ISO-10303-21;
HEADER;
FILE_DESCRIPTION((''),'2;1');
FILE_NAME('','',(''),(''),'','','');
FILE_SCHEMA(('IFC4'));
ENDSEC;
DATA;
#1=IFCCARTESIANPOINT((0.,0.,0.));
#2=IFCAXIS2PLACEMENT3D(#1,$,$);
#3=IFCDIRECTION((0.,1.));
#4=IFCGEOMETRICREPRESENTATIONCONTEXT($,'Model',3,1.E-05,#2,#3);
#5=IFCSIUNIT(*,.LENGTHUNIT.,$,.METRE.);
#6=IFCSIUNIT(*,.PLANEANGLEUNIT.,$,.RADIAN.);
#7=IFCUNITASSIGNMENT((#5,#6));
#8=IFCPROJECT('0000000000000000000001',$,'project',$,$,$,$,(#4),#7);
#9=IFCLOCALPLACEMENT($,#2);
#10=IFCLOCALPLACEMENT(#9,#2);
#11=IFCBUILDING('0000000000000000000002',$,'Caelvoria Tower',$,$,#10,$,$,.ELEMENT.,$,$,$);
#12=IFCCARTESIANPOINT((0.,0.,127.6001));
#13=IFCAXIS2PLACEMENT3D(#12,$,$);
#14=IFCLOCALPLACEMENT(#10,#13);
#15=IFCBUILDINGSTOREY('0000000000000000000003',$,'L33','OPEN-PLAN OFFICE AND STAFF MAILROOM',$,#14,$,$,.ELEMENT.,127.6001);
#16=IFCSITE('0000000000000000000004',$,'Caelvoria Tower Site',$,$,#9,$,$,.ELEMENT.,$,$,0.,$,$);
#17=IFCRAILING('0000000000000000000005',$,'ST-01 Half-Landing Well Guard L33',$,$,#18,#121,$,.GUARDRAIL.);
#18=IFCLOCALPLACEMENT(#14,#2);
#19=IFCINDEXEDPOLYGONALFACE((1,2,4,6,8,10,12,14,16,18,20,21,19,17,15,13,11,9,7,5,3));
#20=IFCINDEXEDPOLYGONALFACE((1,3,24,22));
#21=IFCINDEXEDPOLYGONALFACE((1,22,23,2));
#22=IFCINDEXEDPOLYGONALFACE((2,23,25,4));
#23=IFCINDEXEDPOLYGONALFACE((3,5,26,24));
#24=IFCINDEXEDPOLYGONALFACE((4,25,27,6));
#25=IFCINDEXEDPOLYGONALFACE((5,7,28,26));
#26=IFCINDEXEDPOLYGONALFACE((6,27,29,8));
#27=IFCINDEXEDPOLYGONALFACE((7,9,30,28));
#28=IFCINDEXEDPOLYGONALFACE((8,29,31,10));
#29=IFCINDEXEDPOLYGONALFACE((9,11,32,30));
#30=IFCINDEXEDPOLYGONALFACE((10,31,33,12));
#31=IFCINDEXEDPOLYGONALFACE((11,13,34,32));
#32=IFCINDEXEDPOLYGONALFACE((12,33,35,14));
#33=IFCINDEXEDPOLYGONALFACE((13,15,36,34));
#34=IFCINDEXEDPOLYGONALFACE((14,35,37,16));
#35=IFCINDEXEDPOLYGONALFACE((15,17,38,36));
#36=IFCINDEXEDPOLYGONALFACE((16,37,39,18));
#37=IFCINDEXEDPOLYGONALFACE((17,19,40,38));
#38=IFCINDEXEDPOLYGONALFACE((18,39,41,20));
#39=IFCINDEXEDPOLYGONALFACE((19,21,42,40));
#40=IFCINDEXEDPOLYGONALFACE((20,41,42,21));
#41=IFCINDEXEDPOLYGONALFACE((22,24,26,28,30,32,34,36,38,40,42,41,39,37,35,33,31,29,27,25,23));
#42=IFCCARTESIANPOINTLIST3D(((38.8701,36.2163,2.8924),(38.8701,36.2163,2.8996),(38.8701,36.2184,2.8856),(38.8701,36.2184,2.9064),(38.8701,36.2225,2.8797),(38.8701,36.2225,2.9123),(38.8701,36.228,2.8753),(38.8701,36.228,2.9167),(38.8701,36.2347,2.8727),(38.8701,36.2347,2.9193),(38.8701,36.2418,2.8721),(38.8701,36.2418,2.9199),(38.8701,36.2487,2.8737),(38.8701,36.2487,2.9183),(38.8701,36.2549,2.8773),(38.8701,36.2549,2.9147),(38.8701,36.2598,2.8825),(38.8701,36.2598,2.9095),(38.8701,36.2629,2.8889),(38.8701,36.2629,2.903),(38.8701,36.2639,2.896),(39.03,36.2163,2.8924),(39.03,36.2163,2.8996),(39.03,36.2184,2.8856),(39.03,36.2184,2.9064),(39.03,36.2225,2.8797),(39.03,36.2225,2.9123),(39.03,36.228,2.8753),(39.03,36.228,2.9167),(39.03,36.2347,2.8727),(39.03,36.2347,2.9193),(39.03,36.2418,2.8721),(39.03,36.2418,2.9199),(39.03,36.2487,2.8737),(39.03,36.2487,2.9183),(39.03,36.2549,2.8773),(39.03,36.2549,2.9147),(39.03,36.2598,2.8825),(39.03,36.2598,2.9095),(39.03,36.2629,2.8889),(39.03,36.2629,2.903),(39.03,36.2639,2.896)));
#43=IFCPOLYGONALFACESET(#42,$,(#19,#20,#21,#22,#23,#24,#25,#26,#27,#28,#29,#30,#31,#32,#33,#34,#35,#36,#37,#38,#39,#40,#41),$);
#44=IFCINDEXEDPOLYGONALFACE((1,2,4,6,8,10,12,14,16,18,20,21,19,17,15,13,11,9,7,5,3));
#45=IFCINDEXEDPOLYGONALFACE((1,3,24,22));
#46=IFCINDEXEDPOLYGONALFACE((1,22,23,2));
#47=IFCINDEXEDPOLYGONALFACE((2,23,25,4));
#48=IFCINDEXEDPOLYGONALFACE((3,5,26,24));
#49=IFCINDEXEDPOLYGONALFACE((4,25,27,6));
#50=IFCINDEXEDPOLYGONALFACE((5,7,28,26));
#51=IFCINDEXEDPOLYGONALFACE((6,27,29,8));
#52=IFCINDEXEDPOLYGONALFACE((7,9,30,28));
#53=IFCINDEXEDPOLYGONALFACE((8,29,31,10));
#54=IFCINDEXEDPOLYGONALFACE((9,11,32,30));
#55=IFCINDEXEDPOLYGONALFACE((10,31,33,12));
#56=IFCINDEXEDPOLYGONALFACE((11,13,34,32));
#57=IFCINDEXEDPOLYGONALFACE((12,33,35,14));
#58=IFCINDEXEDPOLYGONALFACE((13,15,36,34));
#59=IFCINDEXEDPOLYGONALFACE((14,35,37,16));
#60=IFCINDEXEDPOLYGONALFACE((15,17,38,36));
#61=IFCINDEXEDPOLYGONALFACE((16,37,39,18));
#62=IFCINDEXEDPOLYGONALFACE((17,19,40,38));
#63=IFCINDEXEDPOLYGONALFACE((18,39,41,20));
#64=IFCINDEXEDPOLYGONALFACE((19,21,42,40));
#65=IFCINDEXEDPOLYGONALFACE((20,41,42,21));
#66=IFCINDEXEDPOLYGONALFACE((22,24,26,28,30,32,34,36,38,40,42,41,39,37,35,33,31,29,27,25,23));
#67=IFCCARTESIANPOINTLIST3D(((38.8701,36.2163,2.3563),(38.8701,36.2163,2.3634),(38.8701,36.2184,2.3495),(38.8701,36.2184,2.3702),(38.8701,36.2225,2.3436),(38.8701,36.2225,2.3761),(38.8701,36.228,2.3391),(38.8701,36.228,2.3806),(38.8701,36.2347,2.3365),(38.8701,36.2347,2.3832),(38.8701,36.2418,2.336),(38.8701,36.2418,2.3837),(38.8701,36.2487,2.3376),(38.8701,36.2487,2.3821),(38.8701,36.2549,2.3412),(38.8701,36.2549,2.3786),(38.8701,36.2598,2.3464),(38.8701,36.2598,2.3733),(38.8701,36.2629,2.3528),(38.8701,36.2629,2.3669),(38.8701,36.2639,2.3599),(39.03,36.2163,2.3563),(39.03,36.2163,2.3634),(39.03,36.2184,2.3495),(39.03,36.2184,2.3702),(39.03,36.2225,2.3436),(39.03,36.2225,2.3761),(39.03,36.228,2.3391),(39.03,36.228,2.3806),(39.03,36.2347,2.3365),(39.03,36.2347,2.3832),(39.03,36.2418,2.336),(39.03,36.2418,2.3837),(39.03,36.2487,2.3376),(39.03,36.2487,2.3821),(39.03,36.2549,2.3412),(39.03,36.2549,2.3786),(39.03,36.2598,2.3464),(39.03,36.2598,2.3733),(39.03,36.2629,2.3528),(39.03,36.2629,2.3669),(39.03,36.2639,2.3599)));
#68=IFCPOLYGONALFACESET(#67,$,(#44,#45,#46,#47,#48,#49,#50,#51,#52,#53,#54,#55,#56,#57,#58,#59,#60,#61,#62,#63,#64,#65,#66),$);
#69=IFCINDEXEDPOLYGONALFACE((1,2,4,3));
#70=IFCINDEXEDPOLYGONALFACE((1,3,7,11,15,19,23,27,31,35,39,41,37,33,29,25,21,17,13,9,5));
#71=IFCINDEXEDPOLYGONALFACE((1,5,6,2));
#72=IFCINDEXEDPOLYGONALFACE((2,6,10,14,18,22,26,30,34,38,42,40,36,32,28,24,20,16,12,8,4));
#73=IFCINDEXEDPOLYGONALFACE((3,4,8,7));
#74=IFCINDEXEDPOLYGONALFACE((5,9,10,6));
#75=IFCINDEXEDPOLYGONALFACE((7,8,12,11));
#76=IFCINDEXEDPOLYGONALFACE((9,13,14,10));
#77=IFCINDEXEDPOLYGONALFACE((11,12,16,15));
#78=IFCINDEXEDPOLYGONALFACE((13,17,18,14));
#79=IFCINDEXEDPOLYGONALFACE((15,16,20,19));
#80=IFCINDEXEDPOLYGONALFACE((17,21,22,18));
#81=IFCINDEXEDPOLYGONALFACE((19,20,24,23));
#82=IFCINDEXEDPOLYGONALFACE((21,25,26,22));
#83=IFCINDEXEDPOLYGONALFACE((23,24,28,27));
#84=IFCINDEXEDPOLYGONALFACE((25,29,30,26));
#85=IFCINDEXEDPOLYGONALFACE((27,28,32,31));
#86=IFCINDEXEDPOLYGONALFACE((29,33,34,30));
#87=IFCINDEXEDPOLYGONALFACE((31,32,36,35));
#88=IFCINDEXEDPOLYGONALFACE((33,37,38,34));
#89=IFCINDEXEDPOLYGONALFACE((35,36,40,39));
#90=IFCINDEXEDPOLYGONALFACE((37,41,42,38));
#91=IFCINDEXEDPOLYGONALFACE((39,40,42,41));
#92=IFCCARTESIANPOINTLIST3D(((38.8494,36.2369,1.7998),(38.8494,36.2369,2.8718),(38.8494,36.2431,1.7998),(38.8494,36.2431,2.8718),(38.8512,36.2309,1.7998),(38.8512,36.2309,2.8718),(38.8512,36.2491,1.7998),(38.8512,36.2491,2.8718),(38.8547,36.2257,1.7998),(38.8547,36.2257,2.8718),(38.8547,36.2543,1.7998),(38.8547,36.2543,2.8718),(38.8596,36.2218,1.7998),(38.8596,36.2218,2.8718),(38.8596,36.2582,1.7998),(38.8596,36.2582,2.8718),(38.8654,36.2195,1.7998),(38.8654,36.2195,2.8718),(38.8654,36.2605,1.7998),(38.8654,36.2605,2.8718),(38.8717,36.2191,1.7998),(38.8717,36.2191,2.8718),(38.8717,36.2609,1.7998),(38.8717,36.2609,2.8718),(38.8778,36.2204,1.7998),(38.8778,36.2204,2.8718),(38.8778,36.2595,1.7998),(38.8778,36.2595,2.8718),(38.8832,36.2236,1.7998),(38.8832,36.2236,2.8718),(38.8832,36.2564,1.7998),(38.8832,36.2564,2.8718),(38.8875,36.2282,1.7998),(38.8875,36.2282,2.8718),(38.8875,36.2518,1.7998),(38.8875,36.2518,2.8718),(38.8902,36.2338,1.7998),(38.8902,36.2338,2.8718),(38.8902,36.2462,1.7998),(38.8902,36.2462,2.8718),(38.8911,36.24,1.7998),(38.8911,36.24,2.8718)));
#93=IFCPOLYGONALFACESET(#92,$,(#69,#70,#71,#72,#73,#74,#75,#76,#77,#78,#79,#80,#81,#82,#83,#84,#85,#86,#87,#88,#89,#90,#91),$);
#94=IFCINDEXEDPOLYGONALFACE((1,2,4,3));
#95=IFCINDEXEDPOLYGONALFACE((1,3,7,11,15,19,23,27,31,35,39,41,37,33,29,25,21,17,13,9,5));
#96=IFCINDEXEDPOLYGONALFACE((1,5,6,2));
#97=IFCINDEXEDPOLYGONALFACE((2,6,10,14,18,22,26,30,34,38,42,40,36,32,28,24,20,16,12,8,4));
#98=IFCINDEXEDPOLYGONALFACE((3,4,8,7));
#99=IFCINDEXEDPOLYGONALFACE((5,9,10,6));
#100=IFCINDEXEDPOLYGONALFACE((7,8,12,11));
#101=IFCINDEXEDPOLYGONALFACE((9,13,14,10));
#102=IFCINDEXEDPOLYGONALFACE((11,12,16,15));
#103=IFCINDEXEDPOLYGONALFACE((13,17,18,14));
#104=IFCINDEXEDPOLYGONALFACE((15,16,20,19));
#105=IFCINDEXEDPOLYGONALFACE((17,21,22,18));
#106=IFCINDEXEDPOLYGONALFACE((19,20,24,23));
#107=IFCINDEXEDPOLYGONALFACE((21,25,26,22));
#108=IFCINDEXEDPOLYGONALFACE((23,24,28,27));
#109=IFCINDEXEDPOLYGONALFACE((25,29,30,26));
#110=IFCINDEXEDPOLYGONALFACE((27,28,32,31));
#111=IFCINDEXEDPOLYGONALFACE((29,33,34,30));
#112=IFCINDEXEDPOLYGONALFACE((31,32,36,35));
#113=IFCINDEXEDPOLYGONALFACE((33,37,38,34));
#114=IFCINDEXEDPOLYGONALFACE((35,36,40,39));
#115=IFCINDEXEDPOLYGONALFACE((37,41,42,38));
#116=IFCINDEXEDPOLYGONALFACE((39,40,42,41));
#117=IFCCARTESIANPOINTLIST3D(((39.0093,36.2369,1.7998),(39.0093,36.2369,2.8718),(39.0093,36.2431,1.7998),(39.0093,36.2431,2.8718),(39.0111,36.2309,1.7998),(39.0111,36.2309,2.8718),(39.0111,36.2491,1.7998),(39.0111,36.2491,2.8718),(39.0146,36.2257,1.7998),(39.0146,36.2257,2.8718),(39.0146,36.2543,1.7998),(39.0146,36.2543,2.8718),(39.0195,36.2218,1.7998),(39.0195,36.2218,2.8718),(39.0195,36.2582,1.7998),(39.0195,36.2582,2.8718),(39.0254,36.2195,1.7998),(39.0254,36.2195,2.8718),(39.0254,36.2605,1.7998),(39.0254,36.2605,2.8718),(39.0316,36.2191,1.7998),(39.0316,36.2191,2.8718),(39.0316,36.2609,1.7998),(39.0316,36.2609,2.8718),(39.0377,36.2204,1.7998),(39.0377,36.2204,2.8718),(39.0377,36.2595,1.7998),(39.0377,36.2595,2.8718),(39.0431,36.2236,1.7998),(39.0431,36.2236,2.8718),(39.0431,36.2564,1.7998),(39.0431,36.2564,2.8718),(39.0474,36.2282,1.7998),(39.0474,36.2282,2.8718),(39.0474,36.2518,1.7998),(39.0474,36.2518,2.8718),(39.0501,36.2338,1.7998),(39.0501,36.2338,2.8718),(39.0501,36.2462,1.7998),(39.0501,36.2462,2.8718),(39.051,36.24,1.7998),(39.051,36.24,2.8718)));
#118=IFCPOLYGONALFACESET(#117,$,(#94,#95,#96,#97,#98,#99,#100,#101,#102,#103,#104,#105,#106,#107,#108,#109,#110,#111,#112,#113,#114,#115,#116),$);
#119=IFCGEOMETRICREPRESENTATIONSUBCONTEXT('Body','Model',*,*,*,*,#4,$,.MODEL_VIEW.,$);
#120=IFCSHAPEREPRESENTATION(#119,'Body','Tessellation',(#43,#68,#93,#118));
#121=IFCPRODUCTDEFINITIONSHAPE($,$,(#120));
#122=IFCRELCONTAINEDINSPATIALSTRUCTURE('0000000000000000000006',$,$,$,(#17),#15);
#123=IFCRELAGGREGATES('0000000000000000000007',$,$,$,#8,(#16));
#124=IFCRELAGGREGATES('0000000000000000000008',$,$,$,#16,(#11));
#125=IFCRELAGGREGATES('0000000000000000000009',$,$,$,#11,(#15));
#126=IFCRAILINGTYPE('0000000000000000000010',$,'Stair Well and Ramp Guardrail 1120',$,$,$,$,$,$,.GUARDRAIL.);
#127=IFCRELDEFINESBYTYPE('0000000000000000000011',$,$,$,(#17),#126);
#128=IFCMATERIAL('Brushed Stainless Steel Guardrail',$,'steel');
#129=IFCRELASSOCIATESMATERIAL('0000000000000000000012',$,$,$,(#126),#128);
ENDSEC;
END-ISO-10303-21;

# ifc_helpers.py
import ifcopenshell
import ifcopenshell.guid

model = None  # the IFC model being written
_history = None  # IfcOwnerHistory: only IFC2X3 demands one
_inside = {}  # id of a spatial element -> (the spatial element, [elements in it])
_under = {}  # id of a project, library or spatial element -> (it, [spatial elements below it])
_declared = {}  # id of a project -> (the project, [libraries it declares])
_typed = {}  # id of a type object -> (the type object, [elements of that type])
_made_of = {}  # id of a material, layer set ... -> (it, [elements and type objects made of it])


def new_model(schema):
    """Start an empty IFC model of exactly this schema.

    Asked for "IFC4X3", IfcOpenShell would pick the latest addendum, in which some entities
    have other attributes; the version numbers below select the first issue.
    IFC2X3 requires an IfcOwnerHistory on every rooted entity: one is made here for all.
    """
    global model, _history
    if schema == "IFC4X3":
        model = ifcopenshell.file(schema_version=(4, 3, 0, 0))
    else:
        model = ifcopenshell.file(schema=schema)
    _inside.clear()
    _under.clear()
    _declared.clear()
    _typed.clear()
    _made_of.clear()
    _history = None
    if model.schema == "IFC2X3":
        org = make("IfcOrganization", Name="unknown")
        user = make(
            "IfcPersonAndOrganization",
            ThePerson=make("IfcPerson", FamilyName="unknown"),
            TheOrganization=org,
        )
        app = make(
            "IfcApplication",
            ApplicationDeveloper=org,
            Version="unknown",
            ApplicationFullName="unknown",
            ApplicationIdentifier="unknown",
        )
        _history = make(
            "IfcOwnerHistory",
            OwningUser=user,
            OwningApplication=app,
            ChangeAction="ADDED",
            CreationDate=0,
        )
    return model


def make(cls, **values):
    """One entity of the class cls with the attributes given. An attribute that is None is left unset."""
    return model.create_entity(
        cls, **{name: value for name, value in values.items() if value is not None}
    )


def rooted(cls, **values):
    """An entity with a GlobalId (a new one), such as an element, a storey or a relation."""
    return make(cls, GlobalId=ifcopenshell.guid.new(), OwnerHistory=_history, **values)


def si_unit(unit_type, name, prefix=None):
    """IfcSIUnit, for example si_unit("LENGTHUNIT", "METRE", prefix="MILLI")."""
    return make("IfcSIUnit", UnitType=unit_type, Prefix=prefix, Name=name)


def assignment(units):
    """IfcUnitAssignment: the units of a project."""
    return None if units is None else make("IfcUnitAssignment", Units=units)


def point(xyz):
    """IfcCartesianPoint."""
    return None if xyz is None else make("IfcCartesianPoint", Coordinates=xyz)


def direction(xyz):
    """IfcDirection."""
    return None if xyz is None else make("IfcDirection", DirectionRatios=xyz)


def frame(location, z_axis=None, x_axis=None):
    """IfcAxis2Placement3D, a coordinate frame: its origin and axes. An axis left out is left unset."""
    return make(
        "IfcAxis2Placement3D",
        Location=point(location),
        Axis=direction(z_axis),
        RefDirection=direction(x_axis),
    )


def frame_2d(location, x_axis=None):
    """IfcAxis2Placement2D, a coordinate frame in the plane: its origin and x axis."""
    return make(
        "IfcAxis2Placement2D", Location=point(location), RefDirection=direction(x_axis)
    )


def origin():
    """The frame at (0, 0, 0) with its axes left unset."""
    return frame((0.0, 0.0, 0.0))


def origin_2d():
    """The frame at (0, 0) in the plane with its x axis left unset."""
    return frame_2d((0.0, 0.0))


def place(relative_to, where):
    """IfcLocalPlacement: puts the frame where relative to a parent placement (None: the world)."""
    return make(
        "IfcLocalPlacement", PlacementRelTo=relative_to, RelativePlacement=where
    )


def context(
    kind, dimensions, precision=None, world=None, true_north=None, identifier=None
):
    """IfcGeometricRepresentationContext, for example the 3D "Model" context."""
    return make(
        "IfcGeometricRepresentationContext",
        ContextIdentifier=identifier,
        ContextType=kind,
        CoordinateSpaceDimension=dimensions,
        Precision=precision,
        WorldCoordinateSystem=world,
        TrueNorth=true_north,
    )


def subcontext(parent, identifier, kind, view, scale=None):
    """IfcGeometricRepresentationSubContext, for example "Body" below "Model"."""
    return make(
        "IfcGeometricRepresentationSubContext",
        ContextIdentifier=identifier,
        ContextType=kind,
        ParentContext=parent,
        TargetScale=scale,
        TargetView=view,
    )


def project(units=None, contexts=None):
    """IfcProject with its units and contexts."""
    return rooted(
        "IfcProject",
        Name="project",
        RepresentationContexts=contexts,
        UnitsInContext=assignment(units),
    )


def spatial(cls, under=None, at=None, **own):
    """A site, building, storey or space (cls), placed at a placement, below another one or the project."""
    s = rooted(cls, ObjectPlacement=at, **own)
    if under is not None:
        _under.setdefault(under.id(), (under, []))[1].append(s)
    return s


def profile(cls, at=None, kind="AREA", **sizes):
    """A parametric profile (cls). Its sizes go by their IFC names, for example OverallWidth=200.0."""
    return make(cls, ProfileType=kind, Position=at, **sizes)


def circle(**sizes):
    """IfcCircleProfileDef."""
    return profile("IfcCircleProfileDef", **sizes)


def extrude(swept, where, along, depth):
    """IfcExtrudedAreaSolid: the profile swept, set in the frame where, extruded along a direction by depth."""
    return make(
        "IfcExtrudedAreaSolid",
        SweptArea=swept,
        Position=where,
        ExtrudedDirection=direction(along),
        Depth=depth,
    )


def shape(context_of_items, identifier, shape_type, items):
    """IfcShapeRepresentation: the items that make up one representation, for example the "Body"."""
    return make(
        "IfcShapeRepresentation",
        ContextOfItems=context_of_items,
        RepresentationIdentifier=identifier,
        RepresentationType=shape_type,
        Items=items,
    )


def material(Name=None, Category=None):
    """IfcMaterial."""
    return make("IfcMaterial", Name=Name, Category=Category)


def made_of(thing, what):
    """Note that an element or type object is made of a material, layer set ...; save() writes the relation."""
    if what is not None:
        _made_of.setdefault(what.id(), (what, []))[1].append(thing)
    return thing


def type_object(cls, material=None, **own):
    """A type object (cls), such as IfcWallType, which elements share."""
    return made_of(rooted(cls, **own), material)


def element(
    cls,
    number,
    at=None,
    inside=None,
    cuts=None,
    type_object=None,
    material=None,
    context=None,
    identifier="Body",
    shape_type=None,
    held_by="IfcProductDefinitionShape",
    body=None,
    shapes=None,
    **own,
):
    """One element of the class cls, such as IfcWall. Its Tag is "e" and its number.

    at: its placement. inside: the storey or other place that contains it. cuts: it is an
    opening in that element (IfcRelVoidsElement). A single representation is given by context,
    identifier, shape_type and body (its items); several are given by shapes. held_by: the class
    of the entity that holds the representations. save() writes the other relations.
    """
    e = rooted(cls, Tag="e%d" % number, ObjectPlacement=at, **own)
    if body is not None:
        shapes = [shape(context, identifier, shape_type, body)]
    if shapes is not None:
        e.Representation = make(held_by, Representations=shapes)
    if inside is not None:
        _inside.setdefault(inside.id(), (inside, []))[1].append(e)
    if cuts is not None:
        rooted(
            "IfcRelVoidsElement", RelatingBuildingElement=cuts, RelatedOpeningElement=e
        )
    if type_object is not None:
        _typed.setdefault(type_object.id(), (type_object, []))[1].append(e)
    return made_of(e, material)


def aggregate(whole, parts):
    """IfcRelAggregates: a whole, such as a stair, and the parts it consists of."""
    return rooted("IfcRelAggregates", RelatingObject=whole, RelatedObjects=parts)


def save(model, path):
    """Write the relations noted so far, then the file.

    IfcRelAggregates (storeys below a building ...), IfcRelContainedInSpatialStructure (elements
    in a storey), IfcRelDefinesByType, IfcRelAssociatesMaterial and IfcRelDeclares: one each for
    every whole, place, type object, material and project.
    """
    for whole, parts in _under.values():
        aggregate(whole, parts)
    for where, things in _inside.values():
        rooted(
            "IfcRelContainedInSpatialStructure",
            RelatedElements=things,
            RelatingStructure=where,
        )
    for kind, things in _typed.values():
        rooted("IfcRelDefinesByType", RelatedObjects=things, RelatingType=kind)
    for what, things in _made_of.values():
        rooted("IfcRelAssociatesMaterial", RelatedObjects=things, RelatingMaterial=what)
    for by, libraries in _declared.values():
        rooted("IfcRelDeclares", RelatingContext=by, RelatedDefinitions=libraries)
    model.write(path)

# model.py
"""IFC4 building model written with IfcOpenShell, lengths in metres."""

from ifc_helpers import new_model, si_unit, direction, frame, origin, origin_2d, place, context, subcontext, project, spatial, circle, extrude, material, type_object, element, save


model = new_model("IFC4")

# Units and contexts
model_context = context("Model", 3, precision=1e-05, world=origin(), true_north=direction((0.0, 1.0)))
body_context = subcontext(model_context, "Body", "Model", "MODEL_VIEW")
ifc_project = project(units=[si_unit("LENGTHUNIT", "METRE"), si_unit("PLANEANGLEUNIT", "RADIAN")], contexts=[model_context])

# Site, building, storey
site_placement = place(None, origin())
site = spatial("IfcSite", under=ifc_project, at=site_placement, Name="Caelvoria Tower Site", CompositionType="ELEMENT", RefElevation=0.0)
building_placement = place(site_placement, origin())
building = spatial("IfcBuilding", under=site, at=building_placement, Name="Caelvoria Tower", CompositionType="ELEMENT")
storey_placement = place(building_placement, frame((0.0, 0.0, 127.6001)))
storey = spatial("IfcBuildingStorey", under=building, at=storey_placement, Name="L33", Description="OPEN-PLAN OFFICE AND STAFF MAILROOM", CompositionType="ELEMENT", Elevation=127.6001)

# Railing
ifc_material_1 = material(Name="Brushed Stainless Steel Guardrail", Category="steel")
railing_type_1 = type_object("IfcRailingType", Name="Stair Well and Ramp Guardrail 1120", PredefinedType="GUARDRAIL", material=ifc_material_1)
railing_1_placement = place(storey_placement, frame((38.8701, 36.24, 1.7998)))
element("IfcRailing", 1, at=railing_1_placement, inside=storey, type_object=railing_type_1, Name="ST-01 Half-Landing Well Guard L33", PredefinedType="GUARDRAIL", context=body_context, shape_type="SweptSolid", body=[
    extrude(circle(Radius=0.0239, at=origin_2d()), frame((0.0, 0.0, 1.0962), z_axis=(1.0, 0.0, 0.0), x_axis=(0.0, 1.0, 0.0)), (0.0, 0.0, 1.0), 0.1599),
    extrude(circle(Radius=0.0239, at=origin_2d()), frame((0.0, 0.0, 0.5601), z_axis=(1.0, 0.0, 0.0), x_axis=(0.0, 1.0, 0.0)), (0.0, 0.0, 1.0), 0.1599),
    extrude(circle(Radius=0.021, at=origin_2d()), origin(), (0.0, 0.0, 1.0), 1.072),
    extrude(circle(Radius=0.021, at=origin_2d()), frame((0.1599, 0.0, 0.0)), (0.0, 0.0, 1.0), 1.072),
])

save(model, "model.ifc")
